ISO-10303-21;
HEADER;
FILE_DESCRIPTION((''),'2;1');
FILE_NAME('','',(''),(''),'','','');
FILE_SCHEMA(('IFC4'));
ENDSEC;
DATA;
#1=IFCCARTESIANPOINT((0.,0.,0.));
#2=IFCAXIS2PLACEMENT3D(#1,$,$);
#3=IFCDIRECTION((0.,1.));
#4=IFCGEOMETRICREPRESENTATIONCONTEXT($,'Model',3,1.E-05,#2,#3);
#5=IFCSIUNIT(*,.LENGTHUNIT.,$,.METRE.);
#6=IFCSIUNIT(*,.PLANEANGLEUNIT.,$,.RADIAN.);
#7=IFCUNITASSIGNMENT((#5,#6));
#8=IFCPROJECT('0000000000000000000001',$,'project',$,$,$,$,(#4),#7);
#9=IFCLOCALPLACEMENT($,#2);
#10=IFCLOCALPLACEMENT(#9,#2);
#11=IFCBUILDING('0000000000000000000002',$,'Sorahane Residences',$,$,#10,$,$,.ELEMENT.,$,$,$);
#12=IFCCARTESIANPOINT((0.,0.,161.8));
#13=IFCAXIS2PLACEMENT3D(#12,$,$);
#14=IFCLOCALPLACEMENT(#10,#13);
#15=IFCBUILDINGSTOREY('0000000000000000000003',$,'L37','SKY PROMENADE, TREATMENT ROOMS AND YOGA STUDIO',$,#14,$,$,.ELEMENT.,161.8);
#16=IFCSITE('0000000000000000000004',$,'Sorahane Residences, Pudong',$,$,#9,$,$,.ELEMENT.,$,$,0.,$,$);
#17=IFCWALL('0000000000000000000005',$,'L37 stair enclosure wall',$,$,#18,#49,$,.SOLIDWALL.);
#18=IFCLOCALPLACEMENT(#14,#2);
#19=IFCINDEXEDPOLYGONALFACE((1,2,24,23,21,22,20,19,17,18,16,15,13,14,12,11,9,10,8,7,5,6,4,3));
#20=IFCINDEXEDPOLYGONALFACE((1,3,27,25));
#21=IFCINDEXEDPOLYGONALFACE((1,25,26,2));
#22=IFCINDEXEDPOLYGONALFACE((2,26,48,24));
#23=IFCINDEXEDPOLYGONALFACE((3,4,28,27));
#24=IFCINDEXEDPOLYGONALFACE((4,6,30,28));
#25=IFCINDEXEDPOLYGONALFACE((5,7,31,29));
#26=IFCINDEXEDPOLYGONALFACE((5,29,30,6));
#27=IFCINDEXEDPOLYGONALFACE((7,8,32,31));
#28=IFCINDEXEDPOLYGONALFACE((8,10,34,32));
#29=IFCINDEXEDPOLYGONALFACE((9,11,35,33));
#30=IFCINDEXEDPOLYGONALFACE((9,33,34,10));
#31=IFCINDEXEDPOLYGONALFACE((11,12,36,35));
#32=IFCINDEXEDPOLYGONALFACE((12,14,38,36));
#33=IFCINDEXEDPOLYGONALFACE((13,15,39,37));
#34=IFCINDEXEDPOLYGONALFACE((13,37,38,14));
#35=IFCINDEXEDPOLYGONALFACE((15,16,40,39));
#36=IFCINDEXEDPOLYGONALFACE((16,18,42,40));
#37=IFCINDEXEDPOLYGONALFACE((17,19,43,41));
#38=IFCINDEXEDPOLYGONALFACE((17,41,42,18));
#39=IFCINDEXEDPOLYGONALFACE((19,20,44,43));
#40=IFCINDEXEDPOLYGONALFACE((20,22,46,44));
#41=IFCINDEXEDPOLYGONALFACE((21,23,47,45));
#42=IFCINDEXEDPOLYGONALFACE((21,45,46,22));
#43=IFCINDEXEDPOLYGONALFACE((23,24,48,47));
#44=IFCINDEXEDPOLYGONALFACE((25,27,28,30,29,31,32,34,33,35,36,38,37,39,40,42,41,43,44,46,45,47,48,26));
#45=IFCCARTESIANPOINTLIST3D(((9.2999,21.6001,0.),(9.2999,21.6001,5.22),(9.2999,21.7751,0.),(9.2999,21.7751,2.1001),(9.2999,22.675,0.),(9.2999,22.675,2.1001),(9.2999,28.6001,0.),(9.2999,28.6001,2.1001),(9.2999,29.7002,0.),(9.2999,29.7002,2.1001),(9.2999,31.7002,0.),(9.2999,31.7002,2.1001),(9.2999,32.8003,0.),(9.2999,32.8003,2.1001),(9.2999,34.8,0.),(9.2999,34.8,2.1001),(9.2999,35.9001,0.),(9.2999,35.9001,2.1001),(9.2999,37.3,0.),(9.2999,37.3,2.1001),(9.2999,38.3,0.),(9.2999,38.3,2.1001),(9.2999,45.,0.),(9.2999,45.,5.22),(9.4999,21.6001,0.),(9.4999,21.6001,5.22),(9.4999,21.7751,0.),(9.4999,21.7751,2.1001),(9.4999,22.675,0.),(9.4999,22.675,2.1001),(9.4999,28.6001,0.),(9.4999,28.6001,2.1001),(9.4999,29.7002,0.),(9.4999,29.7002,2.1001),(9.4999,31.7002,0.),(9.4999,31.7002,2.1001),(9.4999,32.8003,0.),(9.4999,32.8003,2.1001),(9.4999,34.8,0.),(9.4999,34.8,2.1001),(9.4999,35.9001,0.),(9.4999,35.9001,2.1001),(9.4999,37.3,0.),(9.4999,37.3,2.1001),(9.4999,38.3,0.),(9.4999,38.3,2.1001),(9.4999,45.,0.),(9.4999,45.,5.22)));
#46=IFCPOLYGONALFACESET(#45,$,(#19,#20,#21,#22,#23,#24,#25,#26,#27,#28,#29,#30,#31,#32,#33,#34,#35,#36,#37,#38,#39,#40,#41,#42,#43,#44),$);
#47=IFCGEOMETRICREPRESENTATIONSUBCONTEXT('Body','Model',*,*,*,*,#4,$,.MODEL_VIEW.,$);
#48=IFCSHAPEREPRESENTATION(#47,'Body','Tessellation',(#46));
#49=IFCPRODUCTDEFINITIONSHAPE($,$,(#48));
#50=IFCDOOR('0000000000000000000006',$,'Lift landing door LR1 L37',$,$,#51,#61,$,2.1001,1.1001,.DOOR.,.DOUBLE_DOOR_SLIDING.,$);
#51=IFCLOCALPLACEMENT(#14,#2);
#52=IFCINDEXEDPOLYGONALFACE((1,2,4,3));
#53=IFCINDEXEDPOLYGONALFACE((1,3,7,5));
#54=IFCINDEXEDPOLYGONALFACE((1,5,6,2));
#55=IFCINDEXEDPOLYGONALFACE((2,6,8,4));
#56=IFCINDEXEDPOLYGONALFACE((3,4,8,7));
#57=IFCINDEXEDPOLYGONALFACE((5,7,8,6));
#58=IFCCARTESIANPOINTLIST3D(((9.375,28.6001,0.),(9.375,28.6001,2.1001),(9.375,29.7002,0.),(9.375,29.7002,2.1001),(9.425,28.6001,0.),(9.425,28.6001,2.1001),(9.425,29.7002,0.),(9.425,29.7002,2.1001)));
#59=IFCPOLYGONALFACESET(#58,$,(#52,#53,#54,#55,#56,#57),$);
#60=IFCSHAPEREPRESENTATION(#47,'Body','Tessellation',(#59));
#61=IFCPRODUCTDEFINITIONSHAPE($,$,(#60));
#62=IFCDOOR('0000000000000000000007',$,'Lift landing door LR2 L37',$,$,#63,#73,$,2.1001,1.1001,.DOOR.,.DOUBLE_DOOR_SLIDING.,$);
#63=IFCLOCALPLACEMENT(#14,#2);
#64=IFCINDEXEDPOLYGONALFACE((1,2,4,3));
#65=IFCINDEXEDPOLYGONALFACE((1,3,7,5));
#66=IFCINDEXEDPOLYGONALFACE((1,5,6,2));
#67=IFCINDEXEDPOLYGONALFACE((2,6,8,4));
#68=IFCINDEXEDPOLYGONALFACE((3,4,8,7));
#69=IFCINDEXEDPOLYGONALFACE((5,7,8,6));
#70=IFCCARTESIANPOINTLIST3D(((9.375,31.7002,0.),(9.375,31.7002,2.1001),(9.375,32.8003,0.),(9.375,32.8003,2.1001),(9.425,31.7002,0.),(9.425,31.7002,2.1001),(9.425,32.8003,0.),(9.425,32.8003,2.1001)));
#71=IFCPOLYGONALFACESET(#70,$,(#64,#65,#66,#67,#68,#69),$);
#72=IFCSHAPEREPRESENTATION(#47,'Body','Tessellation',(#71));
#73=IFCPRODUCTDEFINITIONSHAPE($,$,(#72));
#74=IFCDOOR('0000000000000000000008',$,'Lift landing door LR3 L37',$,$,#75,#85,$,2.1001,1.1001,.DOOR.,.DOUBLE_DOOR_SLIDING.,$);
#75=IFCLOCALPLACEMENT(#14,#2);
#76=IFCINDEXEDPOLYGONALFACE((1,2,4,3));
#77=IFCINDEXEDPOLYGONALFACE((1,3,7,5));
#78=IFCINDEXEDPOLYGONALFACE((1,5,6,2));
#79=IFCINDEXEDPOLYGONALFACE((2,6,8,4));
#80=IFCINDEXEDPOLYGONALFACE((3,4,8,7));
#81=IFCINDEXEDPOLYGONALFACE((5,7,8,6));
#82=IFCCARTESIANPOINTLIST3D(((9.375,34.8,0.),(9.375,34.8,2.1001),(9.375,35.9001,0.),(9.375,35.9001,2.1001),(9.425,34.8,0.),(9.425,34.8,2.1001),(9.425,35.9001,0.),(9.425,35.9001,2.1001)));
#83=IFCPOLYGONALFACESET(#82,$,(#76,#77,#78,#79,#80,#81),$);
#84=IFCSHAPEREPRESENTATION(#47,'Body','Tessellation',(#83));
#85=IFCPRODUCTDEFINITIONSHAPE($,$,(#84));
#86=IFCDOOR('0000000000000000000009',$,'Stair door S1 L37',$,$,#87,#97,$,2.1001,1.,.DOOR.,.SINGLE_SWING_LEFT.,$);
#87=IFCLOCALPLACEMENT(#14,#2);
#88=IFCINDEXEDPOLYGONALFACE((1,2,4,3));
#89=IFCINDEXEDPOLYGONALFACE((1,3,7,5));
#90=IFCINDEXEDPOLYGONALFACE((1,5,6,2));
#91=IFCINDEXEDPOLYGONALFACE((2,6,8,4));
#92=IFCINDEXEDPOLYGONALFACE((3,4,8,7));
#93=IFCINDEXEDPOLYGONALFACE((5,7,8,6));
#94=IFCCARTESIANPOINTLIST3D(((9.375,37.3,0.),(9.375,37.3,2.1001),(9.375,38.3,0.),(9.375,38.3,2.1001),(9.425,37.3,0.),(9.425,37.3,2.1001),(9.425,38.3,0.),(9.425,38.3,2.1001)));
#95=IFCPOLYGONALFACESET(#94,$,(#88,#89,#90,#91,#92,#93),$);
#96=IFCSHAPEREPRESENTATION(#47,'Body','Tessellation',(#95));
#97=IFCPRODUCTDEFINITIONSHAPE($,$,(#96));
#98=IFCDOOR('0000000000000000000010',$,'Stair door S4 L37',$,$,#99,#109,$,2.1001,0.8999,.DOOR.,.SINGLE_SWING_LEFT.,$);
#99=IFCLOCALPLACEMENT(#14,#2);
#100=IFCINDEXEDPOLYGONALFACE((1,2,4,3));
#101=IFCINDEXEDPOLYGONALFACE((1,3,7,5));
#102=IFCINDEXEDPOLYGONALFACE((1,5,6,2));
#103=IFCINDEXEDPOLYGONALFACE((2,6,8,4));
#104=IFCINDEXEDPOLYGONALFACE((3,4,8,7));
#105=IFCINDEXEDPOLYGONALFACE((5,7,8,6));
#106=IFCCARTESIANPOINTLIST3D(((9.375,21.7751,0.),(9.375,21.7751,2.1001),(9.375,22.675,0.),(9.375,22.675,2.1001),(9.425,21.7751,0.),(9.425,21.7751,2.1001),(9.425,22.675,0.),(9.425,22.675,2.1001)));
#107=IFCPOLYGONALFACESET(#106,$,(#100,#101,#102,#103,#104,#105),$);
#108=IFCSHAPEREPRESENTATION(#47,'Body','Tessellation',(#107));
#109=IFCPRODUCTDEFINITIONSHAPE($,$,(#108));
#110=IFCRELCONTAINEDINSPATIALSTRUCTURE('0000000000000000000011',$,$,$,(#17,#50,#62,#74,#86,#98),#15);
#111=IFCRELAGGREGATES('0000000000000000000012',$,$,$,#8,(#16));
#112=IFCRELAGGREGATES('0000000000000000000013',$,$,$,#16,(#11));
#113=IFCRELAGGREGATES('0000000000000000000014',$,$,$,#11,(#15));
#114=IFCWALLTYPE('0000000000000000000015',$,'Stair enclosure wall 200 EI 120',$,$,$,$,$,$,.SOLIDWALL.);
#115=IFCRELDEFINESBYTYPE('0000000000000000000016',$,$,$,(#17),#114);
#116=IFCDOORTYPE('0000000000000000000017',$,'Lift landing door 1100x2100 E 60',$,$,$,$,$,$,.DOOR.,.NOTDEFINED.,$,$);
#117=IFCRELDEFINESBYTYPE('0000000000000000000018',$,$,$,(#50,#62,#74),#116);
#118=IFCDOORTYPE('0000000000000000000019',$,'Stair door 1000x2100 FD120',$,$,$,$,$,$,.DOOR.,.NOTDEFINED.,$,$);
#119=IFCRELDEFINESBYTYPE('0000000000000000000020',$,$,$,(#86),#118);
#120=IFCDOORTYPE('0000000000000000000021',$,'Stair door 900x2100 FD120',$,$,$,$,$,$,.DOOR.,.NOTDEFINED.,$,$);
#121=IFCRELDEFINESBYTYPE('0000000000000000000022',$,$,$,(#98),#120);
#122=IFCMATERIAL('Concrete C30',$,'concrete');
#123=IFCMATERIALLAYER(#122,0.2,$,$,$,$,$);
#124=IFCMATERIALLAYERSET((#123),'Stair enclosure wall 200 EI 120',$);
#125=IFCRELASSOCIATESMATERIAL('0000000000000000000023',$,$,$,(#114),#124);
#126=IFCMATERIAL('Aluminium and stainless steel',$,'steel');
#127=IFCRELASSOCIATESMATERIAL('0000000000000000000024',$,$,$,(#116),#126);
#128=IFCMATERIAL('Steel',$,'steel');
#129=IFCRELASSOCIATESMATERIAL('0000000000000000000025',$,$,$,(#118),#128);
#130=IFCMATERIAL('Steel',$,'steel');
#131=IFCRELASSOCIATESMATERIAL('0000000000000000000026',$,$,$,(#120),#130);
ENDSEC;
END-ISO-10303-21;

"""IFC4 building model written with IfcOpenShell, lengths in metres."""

from ifc_helpers import new_model, si_unit, direction, frame, frame_2d, origin, place, context, subcontext, project, spatial, rectangle, extrude, material, layer, layer_set, type_object, element, fill, save


model = new_model("IFC4")

# Units and contexts
model_context = context("Model", 3, precision=1e-05, world=origin(), true_north=direction((0.0, 1.0)))
body_context = subcontext(model_context, "Body", "Model", "MODEL_VIEW")
ifc_project = project(units=[si_unit("LENGTHUNIT", "METRE"), si_unit("PLANEANGLEUNIT", "RADIAN")], contexts=[model_context])

# Site, building, storey
site_placement = place(None, origin())
site = spatial("IfcSite", under=ifc_project, at=site_placement, Name="Sorahane Residences, Pudong", CompositionType="ELEMENT", RefElevation=0.0)
building_placement = place(site_placement, origin())
building = spatial("IfcBuilding", under=site, at=building_placement, Name="Sorahane Residences", CompositionType="ELEMENT")
storey_placement = place(building_placement, frame((0.0, 0.0, 161.8)))
storey = spatial("IfcBuildingStorey", under=building, at=storey_placement, Name="L37", Description="SKY PROMENADE, TREATMENT ROOMS AND YOGA STUDIO", CompositionType="ELEMENT", Elevation=161.8)

# Wall, openings, doors
ifc_material_1 = material(Name="Concrete C30", Category="concrete")
ifc_layer_1 = layer(ifc_material_1, 0.2)
ifc_layer_set_1 = layer_set([ifc_layer_1], Name="Stair enclosure wall 200 EI 120")
wall_type_1 = type_object("IfcWallType", Name="Stair enclosure wall 200 EI 120", PredefinedType="SOLIDWALL", material=ifc_layer_set_1)
wall_1_placement = place(storey_placement, frame((9.3999, 21.6001, 0.0), z_axis=(0.0, 0.0, 1.0), x_axis=(0.0, 1.0, 0.0)))
wall_1 = element("IfcWall", 1, at=wall_1_placement, inside=storey, type_object=wall_type_1, Name="L37 stair enclosure wall", PredefinedType="SOLIDWALL", context=body_context, shape_type="SweptSolid", body=[
    extrude(rectangle(XDim=23.3999, YDim=0.2, at=frame_2d((11.7, 0.0))), origin(), (0.0, 0.0, 1.0), 5.22),
])
opening_1_placement = place(wall_1_placement, frame((7.0, 0.0, 0.0)))
opening_1 = element("IfcOpeningElement", 2, at=opening_1_placement, cuts=wall_1, PredefinedType="OPENING", context=body_context, shape_type="SweptSolid", body=[
    extrude(rectangle(XDim=1.1001, YDim=2.1001, at=frame_2d((0.55, 1.05))), frame((0.0, 0.1099, 0.0), z_axis=(0.0, -1.0, 0.0), x_axis=(1.0, 0.0, 0.0)), (0.0, 0.0, 1.0), 0.22),
])
opening_2_placement = place(wall_1_placement, frame((10.1001, 0.0, 0.0)))
opening_2 = element("IfcOpeningElement", 3, at=opening_2_placement, cuts=wall_1, PredefinedType="OPENING", context=body_context, shape_type="SweptSolid", body=[
    extrude(rectangle(XDim=1.1001, YDim=2.1001, at=frame_2d((0.55, 1.05))), frame((0.0, 0.1099, 0.0), z_axis=(0.0, -1.0, 0.0), x_axis=(1.0, 0.0, 0.0)), (0.0, 0.0, 1.0), 0.22),
])
opening_3_placement = place(wall_1_placement, frame((13.2, 0.0, 0.0)))
opening_3 = element("IfcOpeningElement", 4, at=opening_3_placement, cuts=wall_1, PredefinedType="OPENING", context=body_context, shape_type="SweptSolid", body=[
    extrude(rectangle(XDim=1.1001, YDim=2.1001, at=frame_2d((0.55, 1.05))), frame((0.0, 0.1099, 0.0), z_axis=(0.0, -1.0, 0.0), x_axis=(1.0, 0.0, 0.0)), (0.0, 0.0, 1.0), 0.22),
])
opening_4_placement = place(wall_1_placement, frame((15.7, 0.0, 0.0)))
opening_4 = element("IfcOpeningElement", 5, at=opening_4_placement, cuts=wall_1, PredefinedType="OPENING", context=body_context, shape_type="SweptSolid", body=[
    extrude(rectangle(XDim=1.0, YDim=2.1001, at=frame_2d((0.5, 1.05))), frame((0.0, 0.1099, 0.0), z_axis=(0.0, -1.0, 0.0), x_axis=(1.0, 0.0, 0.0)), (0.0, 0.0, 1.0), 0.22),
])
opening_5_placement = place(wall_1_placement, frame((0.175, 0.0, 0.0)))
opening_5 = element("IfcOpeningElement", 6, at=opening_5_placement, cuts=wall_1, PredefinedType="OPENING", context=body_context, shape_type="SweptSolid", body=[
    extrude(rectangle(XDim=0.8999, YDim=2.1001, at=frame_2d((0.45, 1.05))), frame((0.0, 0.1099, 0.0), z_axis=(0.0, -1.0, 0.0), x_axis=(1.0, 0.0, 0.0)), (0.0, 0.0, 1.0), 0.22),
])
ifc_material_2 = material(Name="Aluminium and stainless steel", Category="steel")
door_type_1 = type_object("IfcDoorType", Name="Lift landing door 1100x2100 E 60", OperationType="NOTDEFINED", PredefinedType="DOOR", material=ifc_material_2)
door_1_placement = place(opening_1_placement, origin())
door_1 = element("IfcDoor", 7, at=door_1_placement, inside=storey, type_object=door_type_1, Name="Lift landing door LR1 L37", OperationType="DOUBLE_DOOR_SLIDING", OverallHeight=2.1001, OverallWidth=1.1001, PredefinedType="DOOR", context=body_context, shape_type="SweptSolid", body=[
    extrude(rectangle(XDim=1.1001, YDim=2.1001, at=frame_2d((0.55, 1.05))), frame((0.0, 0.0249, 0.0), z_axis=(0.0, -1.0, 0.0), x_axis=(1.0, 0.0, 0.0)), (0.0, 0.0, 1.0), 0.05),
])
fill(opening_1, door_1)
door_2_placement = place(opening_2_placement, origin())
door_2 = element("IfcDoor", 8, at=door_2_placement, inside=storey, type_object=door_type_1, Name="Lift landing door LR2 L37", OperationType="DOUBLE_DOOR_SLIDING", OverallHeight=2.1001, OverallWidth=1.1001, PredefinedType="DOOR", context=body_context, shape_type="SweptSolid", body=[
    extrude(rectangle(XDim=1.1001, YDim=2.1001, at=frame_2d((0.55, 1.05))), frame((0.0, 0.0249, 0.0), z_axis=(0.0, -1.0, 0.0), x_axis=(1.0, 0.0, 0.0)), (0.0, 0.0, 1.0), 0.05),
])
fill(opening_2, door_2)
door_3_placement = place(opening_3_placement, origin())
door_3 = element("IfcDoor", 9, at=door_3_placement, inside=storey, type_object=door_type_1, Name="Lift landing door LR3 L37", OperationType="DOUBLE_DOOR_SLIDING", OverallHeight=2.1001, OverallWidth=1.1001, PredefinedType="DOOR", context=body_context, shape_type="SweptSolid", body=[
    extrude(rectangle(XDim=1.1001, YDim=2.1001, at=frame_2d((0.55, 1.05))), frame((0.0, 0.0249, 0.0), z_axis=(0.0, -1.0, 0.0), x_axis=(1.0, 0.0, 0.0)), (0.0, 0.0, 1.0), 0.05),
])
fill(opening_3, door_3)
ifc_material_3 = material(Name="Steel", Category="steel")
door_type_2 = type_object("IfcDoorType", Name="Stair door 1000x2100 FD120", OperationType="NOTDEFINED", PredefinedType="DOOR", material=ifc_material_3)
door_4_placement = place(opening_4_placement, origin())
door_4 = element("IfcDoor", 10, at=door_4_placement, inside=storey, type_object=door_type_2, Name="Stair door S1 L37", OperationType="SINGLE_SWING_LEFT", OverallHeight=2.1001, OverallWidth=1.0, PredefinedType="DOOR", context=body_context, shape_type="SweptSolid", body=[
    extrude(rectangle(XDim=1.0, YDim=2.1001, at=frame_2d((0.5, 1.05))), frame((0.0, 0.0249, 0.0), z_axis=(0.0, -1.0, 0.0), x_axis=(1.0, 0.0, 0.0)), (0.0, 0.0, 1.0), 0.05),
])
fill(opening_4, door_4)
ifc_material_4 = material(Name="Steel", Category="steel")
door_type_3 = type_object("IfcDoorType", Name="Stair door 900x2100 FD120", OperationType="NOTDEFINED", PredefinedType="DOOR", material=ifc_material_4)
door_5_placement = place(opening_5_placement, origin())
door_5 = element("IfcDoor", 11, at=door_5_placement, inside=storey, type_object=door_type_3, Name="Stair door S4 L37", OperationType="SINGLE_SWING_LEFT", OverallHeight=2.1001, OverallWidth=0.8999, PredefinedType="DOOR", context=body_context, shape_type="SweptSolid", body=[
    extrude(rectangle(XDim=0.8999, YDim=2.1001, at=frame_2d((0.45, 1.05))), frame((0.0, 0.0249, 0.0), z_axis=(0.0, -1.0, 0.0), x_axis=(1.0, 0.0, 0.0)), (0.0, 0.0, 1.0), 0.05),
])
fill(opening_5, door_5)

save(model, "model.ifc")
